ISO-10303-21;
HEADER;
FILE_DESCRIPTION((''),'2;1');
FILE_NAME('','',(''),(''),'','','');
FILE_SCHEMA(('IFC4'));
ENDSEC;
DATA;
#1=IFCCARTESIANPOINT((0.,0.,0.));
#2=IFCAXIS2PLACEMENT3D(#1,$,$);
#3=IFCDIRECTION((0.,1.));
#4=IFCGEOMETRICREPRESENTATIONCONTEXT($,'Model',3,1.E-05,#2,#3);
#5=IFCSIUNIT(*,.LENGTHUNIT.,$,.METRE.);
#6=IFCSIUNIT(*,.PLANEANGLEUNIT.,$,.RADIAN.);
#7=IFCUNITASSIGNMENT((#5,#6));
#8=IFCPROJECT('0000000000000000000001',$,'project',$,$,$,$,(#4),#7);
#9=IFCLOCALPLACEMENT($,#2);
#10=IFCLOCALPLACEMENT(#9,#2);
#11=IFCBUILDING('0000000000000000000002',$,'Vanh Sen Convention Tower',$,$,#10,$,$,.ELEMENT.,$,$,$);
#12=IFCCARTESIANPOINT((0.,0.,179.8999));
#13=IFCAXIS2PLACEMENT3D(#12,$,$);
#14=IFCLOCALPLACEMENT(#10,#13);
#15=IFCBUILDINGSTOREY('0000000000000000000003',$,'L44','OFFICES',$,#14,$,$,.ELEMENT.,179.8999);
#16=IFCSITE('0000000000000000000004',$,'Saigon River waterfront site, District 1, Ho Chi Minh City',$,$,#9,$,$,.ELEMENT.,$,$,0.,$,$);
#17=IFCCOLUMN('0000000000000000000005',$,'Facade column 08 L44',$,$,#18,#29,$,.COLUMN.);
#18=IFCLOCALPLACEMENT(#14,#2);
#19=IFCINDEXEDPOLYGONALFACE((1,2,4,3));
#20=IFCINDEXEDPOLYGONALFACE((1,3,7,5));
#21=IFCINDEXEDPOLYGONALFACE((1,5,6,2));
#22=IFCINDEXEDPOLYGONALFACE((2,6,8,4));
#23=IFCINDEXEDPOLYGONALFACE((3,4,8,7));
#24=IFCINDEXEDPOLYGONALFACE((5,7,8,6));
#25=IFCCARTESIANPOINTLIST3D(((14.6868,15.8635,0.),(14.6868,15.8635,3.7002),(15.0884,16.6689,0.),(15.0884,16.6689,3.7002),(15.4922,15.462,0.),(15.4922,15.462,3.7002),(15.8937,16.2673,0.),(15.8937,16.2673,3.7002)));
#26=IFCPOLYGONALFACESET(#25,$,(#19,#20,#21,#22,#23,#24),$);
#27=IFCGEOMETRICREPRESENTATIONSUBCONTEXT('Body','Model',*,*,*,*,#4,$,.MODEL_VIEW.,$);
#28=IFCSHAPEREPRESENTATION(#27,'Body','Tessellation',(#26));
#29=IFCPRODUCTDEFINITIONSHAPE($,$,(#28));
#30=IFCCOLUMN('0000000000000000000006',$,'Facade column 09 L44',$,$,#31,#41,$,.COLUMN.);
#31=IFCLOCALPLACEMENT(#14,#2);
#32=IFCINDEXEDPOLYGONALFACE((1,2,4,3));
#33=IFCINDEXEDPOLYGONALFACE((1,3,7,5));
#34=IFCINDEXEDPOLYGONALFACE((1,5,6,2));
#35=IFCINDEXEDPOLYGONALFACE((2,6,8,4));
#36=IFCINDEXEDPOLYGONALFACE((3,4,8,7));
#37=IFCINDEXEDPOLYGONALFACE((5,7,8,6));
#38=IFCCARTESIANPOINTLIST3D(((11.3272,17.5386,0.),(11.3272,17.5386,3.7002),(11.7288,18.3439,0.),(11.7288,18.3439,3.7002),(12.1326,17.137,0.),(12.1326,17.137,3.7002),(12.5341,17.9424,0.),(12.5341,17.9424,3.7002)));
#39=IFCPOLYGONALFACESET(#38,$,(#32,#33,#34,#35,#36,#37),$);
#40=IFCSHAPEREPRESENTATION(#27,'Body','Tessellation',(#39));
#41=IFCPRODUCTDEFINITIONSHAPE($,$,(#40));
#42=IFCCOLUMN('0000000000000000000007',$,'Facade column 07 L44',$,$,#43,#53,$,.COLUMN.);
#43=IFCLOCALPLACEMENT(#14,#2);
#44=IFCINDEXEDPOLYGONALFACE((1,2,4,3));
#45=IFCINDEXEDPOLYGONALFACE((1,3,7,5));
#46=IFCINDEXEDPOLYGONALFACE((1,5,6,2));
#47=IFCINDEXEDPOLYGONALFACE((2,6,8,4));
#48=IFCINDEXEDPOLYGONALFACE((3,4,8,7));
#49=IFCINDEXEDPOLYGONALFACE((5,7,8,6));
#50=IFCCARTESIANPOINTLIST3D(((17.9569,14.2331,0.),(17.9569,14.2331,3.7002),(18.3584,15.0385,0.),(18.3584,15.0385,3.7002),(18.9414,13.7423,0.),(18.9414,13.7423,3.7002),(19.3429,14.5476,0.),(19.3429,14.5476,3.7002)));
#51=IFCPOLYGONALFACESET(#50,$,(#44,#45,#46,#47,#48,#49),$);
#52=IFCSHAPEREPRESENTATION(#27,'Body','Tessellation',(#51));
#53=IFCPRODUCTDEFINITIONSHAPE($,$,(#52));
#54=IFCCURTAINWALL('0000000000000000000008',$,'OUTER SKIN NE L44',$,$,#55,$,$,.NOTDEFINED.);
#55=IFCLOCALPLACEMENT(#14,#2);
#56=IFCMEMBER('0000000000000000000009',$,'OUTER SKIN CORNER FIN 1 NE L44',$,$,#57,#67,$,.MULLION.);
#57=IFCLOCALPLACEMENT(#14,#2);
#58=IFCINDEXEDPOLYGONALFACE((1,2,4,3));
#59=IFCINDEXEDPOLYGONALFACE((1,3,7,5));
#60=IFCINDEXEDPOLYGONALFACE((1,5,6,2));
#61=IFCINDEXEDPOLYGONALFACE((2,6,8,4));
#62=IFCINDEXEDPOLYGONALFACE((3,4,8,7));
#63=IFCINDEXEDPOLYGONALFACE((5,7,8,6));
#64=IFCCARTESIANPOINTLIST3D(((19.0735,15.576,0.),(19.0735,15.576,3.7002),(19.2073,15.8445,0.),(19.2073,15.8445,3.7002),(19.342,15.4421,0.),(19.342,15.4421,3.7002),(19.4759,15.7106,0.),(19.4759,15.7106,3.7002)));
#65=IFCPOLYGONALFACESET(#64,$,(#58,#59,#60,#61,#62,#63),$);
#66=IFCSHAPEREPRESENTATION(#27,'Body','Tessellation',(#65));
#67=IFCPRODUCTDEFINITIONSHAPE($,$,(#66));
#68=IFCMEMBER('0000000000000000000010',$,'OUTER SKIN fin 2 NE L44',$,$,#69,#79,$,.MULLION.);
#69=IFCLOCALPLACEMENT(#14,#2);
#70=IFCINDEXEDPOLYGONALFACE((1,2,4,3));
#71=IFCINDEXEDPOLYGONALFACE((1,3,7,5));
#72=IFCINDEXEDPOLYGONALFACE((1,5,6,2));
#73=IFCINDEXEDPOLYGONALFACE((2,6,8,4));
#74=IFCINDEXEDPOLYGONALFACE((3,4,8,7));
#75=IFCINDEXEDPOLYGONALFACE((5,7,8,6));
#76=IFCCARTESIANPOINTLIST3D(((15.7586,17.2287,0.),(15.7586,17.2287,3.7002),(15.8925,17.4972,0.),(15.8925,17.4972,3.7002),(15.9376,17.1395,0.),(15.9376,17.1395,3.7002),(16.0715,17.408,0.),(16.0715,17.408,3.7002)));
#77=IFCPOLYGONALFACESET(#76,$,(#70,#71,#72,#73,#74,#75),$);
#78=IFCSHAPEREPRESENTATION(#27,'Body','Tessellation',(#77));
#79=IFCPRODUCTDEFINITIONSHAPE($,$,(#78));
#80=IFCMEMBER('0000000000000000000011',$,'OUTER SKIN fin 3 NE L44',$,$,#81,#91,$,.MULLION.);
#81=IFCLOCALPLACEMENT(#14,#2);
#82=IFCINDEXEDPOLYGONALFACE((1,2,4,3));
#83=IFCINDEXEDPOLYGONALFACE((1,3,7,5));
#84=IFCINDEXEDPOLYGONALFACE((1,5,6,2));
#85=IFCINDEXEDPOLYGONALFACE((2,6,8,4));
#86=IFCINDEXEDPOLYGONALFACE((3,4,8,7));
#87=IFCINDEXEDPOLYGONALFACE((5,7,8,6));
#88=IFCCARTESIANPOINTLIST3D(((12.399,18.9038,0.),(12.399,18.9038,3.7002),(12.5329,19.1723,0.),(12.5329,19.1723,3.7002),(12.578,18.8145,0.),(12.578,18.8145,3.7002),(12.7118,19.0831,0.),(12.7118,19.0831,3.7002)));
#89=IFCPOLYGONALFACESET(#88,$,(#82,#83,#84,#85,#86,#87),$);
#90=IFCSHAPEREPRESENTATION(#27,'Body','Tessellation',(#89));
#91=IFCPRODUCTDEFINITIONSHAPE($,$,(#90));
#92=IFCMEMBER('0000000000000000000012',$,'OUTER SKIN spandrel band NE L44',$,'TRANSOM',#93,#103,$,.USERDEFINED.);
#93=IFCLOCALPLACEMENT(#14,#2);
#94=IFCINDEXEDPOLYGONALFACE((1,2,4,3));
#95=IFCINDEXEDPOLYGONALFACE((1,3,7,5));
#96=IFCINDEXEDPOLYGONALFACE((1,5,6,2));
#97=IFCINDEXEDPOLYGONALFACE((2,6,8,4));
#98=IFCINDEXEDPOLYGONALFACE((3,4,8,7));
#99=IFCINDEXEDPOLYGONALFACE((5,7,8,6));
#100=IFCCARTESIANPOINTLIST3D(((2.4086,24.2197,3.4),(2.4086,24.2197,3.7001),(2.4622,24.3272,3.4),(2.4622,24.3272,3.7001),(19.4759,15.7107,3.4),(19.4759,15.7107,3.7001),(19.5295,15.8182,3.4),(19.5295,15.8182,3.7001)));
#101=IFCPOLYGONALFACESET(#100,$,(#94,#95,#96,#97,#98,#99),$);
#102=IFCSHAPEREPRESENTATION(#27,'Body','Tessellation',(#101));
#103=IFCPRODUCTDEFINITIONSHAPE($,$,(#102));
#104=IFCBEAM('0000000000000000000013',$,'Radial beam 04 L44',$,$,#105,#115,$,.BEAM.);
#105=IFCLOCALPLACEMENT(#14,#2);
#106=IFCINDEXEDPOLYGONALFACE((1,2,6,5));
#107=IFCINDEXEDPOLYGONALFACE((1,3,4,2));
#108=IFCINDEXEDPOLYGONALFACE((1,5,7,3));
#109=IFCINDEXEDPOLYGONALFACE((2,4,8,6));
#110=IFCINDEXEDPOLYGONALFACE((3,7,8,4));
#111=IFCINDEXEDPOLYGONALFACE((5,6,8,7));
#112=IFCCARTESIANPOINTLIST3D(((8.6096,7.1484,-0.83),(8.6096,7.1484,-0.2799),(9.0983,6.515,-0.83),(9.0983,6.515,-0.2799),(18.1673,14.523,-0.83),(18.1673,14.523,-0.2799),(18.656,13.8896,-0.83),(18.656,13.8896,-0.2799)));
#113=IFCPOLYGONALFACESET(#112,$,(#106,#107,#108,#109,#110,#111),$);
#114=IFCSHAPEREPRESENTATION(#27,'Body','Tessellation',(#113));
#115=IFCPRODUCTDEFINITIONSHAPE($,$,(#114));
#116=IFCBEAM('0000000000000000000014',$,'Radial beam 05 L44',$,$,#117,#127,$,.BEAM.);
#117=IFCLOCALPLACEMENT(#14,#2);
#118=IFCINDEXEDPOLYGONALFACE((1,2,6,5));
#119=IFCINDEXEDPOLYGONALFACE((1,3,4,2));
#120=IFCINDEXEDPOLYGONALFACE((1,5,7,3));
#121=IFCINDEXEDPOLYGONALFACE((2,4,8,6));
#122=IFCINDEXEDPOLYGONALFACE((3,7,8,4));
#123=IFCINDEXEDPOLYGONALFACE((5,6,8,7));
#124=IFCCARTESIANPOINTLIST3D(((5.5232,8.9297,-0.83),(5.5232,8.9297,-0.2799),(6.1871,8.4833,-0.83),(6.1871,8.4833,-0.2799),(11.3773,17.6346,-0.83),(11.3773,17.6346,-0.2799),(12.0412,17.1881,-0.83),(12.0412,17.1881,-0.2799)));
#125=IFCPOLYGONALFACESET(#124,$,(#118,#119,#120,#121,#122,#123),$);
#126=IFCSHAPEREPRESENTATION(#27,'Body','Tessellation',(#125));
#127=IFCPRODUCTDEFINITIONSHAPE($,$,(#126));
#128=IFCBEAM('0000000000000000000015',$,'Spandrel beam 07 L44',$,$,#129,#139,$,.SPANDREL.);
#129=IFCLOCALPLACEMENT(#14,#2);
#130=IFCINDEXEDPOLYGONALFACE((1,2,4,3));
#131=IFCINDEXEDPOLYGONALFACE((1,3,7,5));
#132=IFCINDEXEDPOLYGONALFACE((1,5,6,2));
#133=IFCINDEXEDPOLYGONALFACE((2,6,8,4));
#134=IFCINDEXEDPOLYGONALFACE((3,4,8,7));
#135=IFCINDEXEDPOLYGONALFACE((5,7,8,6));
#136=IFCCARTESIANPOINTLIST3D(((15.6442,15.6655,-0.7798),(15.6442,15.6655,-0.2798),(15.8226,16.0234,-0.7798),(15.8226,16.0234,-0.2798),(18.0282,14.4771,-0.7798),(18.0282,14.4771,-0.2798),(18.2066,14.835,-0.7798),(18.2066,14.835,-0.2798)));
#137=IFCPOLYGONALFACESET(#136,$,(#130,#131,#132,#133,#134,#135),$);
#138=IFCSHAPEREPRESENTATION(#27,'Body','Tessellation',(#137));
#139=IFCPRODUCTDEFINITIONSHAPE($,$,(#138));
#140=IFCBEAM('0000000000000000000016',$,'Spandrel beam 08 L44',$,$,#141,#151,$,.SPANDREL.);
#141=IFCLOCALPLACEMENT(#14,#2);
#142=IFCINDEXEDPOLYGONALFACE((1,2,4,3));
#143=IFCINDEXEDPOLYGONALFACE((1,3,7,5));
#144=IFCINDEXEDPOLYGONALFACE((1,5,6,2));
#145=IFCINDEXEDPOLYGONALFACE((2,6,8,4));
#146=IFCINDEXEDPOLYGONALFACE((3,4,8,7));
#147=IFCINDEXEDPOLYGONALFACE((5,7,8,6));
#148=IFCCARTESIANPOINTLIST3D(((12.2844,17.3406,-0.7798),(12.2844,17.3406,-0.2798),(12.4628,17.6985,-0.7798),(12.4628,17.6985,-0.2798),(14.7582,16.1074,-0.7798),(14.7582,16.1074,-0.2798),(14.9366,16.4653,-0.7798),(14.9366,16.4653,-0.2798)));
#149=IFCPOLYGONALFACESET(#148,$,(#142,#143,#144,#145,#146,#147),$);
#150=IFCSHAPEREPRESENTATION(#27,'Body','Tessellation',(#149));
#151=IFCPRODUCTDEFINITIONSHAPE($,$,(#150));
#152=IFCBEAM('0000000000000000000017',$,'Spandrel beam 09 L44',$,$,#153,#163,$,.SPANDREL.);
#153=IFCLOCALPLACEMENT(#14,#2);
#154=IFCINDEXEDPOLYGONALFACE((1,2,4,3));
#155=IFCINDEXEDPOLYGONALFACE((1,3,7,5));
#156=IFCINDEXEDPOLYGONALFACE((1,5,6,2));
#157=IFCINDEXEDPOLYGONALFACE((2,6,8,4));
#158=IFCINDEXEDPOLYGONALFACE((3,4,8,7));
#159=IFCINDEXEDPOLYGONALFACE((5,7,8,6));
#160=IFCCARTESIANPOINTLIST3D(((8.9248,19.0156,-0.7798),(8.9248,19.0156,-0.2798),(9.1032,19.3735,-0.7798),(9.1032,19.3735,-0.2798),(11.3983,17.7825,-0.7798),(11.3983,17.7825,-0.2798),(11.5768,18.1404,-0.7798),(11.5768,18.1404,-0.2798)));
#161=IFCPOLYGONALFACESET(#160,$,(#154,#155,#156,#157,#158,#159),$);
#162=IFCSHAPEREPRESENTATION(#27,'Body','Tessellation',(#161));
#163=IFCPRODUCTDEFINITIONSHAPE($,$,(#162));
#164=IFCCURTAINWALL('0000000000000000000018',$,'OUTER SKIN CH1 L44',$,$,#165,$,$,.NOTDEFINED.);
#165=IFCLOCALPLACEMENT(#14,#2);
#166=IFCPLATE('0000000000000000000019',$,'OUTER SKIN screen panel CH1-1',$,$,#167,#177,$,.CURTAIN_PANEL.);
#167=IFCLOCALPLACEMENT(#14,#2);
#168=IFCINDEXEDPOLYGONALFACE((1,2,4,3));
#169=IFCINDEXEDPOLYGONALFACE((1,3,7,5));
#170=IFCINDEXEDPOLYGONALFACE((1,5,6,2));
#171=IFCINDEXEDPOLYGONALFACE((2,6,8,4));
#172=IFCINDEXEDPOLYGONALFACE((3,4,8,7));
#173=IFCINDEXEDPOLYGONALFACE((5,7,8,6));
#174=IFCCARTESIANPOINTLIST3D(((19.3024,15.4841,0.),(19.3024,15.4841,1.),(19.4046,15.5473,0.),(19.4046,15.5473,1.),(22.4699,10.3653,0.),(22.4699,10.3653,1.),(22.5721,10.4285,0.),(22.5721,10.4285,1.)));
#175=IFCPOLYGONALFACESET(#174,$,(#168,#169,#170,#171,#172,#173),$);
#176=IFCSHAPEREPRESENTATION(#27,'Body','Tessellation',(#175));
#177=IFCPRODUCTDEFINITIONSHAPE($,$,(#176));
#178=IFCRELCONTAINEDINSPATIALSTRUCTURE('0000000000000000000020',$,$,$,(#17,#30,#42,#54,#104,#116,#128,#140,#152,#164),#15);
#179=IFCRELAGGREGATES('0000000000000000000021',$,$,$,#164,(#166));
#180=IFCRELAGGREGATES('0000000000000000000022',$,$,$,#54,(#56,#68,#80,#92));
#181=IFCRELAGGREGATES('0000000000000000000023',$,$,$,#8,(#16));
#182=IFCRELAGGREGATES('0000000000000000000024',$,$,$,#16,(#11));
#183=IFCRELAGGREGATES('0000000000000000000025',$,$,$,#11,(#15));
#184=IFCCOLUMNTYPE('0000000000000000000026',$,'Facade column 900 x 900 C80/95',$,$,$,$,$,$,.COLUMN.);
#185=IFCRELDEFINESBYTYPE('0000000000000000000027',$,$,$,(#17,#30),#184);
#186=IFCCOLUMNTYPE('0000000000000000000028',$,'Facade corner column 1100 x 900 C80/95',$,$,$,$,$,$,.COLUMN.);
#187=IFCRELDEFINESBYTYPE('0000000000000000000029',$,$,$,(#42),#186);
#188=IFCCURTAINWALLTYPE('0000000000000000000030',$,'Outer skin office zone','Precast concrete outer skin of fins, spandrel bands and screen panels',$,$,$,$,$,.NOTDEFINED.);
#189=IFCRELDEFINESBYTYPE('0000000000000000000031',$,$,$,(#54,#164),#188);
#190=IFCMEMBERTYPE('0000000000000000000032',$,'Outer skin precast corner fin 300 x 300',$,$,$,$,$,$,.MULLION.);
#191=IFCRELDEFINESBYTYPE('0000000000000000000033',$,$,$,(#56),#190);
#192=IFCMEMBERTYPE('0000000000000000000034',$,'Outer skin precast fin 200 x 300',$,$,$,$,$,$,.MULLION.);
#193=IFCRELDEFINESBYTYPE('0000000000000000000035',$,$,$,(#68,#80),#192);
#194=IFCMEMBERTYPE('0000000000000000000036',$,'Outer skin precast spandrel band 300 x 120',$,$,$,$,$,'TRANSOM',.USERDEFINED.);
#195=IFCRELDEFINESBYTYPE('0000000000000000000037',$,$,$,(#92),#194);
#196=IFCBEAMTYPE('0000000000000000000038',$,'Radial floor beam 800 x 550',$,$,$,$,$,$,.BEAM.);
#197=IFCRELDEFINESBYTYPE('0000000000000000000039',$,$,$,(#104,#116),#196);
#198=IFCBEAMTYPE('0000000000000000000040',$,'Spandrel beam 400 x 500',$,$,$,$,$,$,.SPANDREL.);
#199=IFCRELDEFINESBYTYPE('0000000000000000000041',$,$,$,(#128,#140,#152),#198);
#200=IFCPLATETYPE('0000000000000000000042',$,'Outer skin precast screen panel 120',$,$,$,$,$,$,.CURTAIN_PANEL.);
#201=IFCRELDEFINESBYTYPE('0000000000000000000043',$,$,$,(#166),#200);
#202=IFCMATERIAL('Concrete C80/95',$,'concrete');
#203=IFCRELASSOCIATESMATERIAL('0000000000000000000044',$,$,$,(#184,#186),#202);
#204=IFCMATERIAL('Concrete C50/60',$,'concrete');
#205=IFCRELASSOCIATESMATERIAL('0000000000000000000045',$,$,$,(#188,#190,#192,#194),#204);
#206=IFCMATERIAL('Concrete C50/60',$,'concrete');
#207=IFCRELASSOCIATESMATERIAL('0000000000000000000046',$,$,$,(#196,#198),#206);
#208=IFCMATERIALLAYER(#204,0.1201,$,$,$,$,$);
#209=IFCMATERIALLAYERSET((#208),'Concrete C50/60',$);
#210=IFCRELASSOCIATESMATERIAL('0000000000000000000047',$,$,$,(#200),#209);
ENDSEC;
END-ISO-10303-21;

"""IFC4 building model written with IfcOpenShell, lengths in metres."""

from ifc_helpers import new_model, si_unit, direction, frame, origin, origin_2d, place, context, subcontext, project, spatial, rectangle, extrude, material, layer, layer_set, material_profile, profile_set, type_object, element, aggregate, save


model = new_model("IFC4")

# Units and contexts
model_context = context("Model", 3, precision=1e-05, world=origin(), true_north=direction((0.0, 1.0)))
body_context = subcontext(model_context, "Body", "Model", "MODEL_VIEW")
ifc_project = project(units=[si_unit("LENGTHUNIT", "METRE"), si_unit("PLANEANGLEUNIT", "RADIAN")], contexts=[model_context])

# Site, building, storey
site_placement = place(None, origin())
site = spatial("IfcSite", under=ifc_project, at=site_placement, Name="Saigon River waterfront site, District 1, Ho Chi Minh City", CompositionType="ELEMENT", RefElevation=0.0)
building_placement = place(site_placement, origin())
building = spatial("IfcBuilding", under=site, at=building_placement, Name="Vanh Sen Convention Tower", CompositionType="ELEMENT")
storey_placement = place(building_placement, frame((0.0, 0.0, 179.8999)))
storey = spatial("IfcBuildingStorey", under=building, at=storey_placement, Name="L44", Description="OFFICES", CompositionType="ELEMENT", Elevation=179.8999)

# Columns
ifc_material_1 = material(Name="Concrete C80/95", Category="concrete")
ifc_material_profile_1 = material_profile(ifc_material_1, rectangle(XDim=0.8999, YDim=0.8999, at=origin_2d()), Name="RC 900X900")
ifc_profile_set_1 = profile_set([ifc_material_profile_1], Name="Concrete C80/95")
column_type_1 = type_object("IfcColumnType", Name="Facade column 900 x 900 C80/95", PredefinedType="COLUMN", material=ifc_profile_set_1)
for number, where, z_axis, x_axis, name in (
    (1, (15.2903, 16.0654, 0.0), (0.0, 0.0, 1.0), (-0.894934, 0.446198, 0.0), "Facade column 08 L44"),
    (2, (11.9307, 17.7405, 0.0), (0.0, 0.0, 1.0), (-0.894934, 0.446198, 0.0), "Facade column 09 L44"),
):
    element("IfcColumn", number, at=place(storey_placement, frame(where, z_axis=z_axis, x_axis=x_axis)), inside=storey, type_object=column_type_1, Name=name, PredefinedType="COLUMN", context=body_context, shape_type="SweptSolid", body=[
        extrude(rectangle(XDim=0.8999, YDim=0.8999, at=origin_2d()), origin(), (0.0, 0.0, 1.0), 3.7002),
    ])
ifc_material_profile_2 = material_profile(ifc_material_1, rectangle(XDim=1.1001, YDim=0.8999, at=origin_2d()), Name="RC 1100X900")
ifc_profile_set_2 = profile_set([ifc_material_profile_2], Name="Concrete C80/95")
column_type_2 = type_object("IfcColumnType", Name="Facade corner column 1100 x 900 C80/95", PredefinedType="COLUMN", material=ifc_profile_set_2)
column_placement = place(storey_placement, frame((18.6499, 14.3904, 0.0), z_axis=(0.0, 0.0, 1.0), x_axis=(-0.894934, 0.446198, 0.0)))
element("IfcColumn", 3, at=column_placement, inside=storey, type_object=column_type_2, Name="Facade column 07 L44", PredefinedType="COLUMN", context=body_context, shape_type="SweptSolid", body=[
    extrude(rectangle(XDim=1.1001, YDim=0.8999, at=origin_2d()), origin(), (0.0, 0.0, 1.0), 3.7002),
])

# Curtain wall, members
ifc_material_2 = material(Name="Concrete C50/60", Category="concrete")
curtain_wall_type = type_object("IfcCurtainWallType", Name="Outer skin office zone", Description="Precast concrete outer skin of fins, spandrel bands and screen panels", PredefinedType="NOTDEFINED", material=ifc_material_2)
curtain_wall_1_placement = place(storey_placement, origin())
curtain_wall_1 = element("IfcCurtainWall", 4, at=curtain_wall_1_placement, inside=storey, type_object=curtain_wall_type, Name="OUTER SKIN NE L44", PredefinedType="NOTDEFINED")
ifc_material_profile_3 = material_profile(ifc_material_2, rectangle(XDim=0.3, YDim=0.3, at=origin_2d()), Name="Outer skin precast corner fin 300 x 300")
ifc_profile_set_3 = profile_set([ifc_material_profile_3], Name="Concrete C50/60")
member_type_1 = type_object("IfcMemberType", Name="Outer skin precast corner fin 300 x 300", PredefinedType="MULLION", material=ifc_profile_set_3)
member_1_placement = place(storey_placement, frame((19.2747, 15.6433, 0.0), z_axis=(0.0, 0.0, 1.0), x_axis=(-0.894934, 0.446198, 0.0)))
member_1 = element("IfcMember", 5, at=member_1_placement, type_object=member_type_1, Name="OUTER SKIN CORNER FIN 1 NE L44", PredefinedType="MULLION", context=body_context, shape_type="SweptSolid", body=[
    extrude(rectangle(XDim=0.3, YDim=0.3, at=origin_2d()), origin(), (0.0, 0.0, 1.0), 3.7002),
])
ifc_material_profile_4 = material_profile(ifc_material_2, rectangle(XDim=0.2, YDim=0.3, at=origin_2d()), Name="Outer skin precast fin 200 x 300")
ifc_profile_set_4 = profile_set([ifc_material_profile_4], Name="Concrete C50/60")
member_type_2 = type_object("IfcMemberType", Name="Outer skin precast fin 200 x 300", PredefinedType="MULLION", material=ifc_profile_set_4)
member_2_placement = place(storey_placement, frame((15.915, 17.3184, 0.0), z_axis=(0.0, 0.0, 1.0), x_axis=(-0.894934, 0.446198, 0.0)))
member_2 = element("IfcMember", 6, at=member_2_placement, type_object=member_type_2, Name="OUTER SKIN fin 2 NE L44", PredefinedType="MULLION", context=body_context, shape_type="SweptSolid", body=[
    extrude(rectangle(XDim=0.2, YDim=0.3, at=origin_2d()), origin(), (0.0, 0.0, 1.0), 3.7002),
])
member_3_placement = place(storey_placement, frame((12.5554, 18.9934, 0.0), z_axis=(0.0, 0.0, 1.0), x_axis=(-0.894934, 0.446198, 0.0)))
member_3 = element("IfcMember", 7, at=member_3_placement, type_object=member_type_2, Name="OUTER SKIN fin 3 NE L44", PredefinedType="MULLION", context=body_context, shape_type="SweptSolid", body=[
    extrude(rectangle(XDim=0.2, YDim=0.3, at=origin_2d()), origin(), (0.0, 0.0, 1.0), 3.7002),
])
ifc_material_profile_5 = material_profile(ifc_material_2, rectangle(XDim=0.1201, YDim=0.3, at=origin_2d()), Name="Outer skin precast spandrel band 300 x 120")
ifc_profile_set_5 = profile_set([ifc_material_profile_5], Name="Concrete C50/60")
member_type_3 = type_object("IfcMemberType", Name="Outer skin precast spandrel band 300 x 120", ElementType="TRANSOM", PredefinedType="USERDEFINED", material=ifc_profile_set_5)
member_4_placement = place(storey_placement, frame((19.5027, 15.7644, 3.55), z_axis=(-0.894941, 0.446184, 0.0), x_axis=(-0.446184, -0.894941, 0.0)))
member_4 = element("IfcMember", 8, at=member_4_placement, type_object=member_type_3, Name="OUTER SKIN spandrel band NE L44", ObjectType="TRANSOM", PredefinedType="USERDEFINED", context=body_context, shape_type="SweptSolid", body=[
    extrude(rectangle(XDim=0.1201, YDim=0.3, at=origin_2d()), origin(), (0.0, 0.0, 1.0), 19.0708),
])

# Beams
ifc_material_3 = material(Name="Concrete C50/60", Category="concrete")
ifc_material_profile_6 = material_profile(ifc_material_3, rectangle(XDim=0.8, YDim=0.55, at=origin_2d()), Name="RC 800X550")
ifc_profile_set_6 = profile_set([ifc_material_profile_6], Name="Concrete C50/60")
beam_type_1 = type_object("IfcBeamType", Name="Radial floor beam 800 x 550", PredefinedType="BEAM", material=ifc_profile_set_6)
beam_1_placement = place(storey_placement, frame((18.4116, 14.2063, -0.5549), z_axis=(-0.791722, -0.610881, 0.0), x_axis=(0.610881, -0.791722, 0.0)))
element("IfcBeam", 9, at=beam_1_placement, inside=storey, type_object=beam_type_1, Name="Radial beam 04 L44", PredefinedType="BEAM", context=body_context, shape_type="SweptSolid", body=[
    extrude(rectangle(XDim=0.8, YDim=0.55, at=origin_2d()), origin(), (0.0, 0.0, 1.0), 12.072),
])
beam_2_placement = place(storey_placement, frame((11.7092, 17.4114, -0.5549), z_axis=(-0.558047, -0.829809, 0.0), x_axis=(0.829809, -0.558047, 0.0)))
element("IfcBeam", 10, at=beam_2_placement, inside=storey, type_object=beam_type_1, Name="Radial beam 05 L44", PredefinedType="BEAM", context=body_context, shape_type="SweptSolid", body=[
    extrude(rectangle(XDim=0.8, YDim=0.55, at=origin_2d()), origin(), (0.0, 0.0, 1.0), 10.4902),
])
ifc_material_profile_7 = material_profile(ifc_material_3, rectangle(XDim=0.3999, YDim=0.5, at=origin_2d()), Name="RC 400X500")
ifc_profile_set_7 = profile_set([ifc_material_profile_7], Name="Concrete C50/60")
beam_type_2 = type_object("IfcBeamType", Name="Spandrel beam 400 x 500", PredefinedType="SPANDREL", material=ifc_profile_set_7)
beam_3_placement = place(storey_placement, frame((18.1174, 14.656, -0.5298), z_axis=(-0.894958, 0.44615, 0.0), x_axis=(-0.44615, -0.894958, 0.0)))
element("IfcBeam", 11, at=beam_3_placement, inside=storey, type_object=beam_type_2, Name="Spandrel beam 07 L44", PredefinedType="SPANDREL", context=body_context, shape_type="SweptSolid", body=[
    extrude(rectangle(XDim=0.3999, YDim=0.5, at=origin_2d()), origin(), (0.0, 0.0, 1.0), 2.6638),
])
beam_4_placement = place(storey_placement, frame((14.8474, 16.2864, -0.5298), z_axis=(-0.894974, 0.446118, 0.0), x_axis=(-0.446118, -0.894974, 0.0)))
element("IfcBeam", 12, at=beam_4_placement, inside=storey, type_object=beam_type_2, Name="Spandrel beam 08 L44", PredefinedType="SPANDREL", context=body_context, shape_type="SweptSolid", body=[
    extrude(rectangle(XDim=0.3999, YDim=0.5, at=origin_2d()), origin(), (0.0, 0.0, 1.0), 2.7642),
])
beam_5_placement = place(storey_placement, frame((11.4875, 17.9614, -0.5298), z_axis=(-0.894957, 0.446153, 0.0), x_axis=(-0.446153, -0.894957, 0.0)))
element("IfcBeam", 13, at=beam_5_placement, inside=storey, type_object=beam_type_2, Name="Spandrel beam 09 L44", PredefinedType="SPANDREL", context=body_context, shape_type="SweptSolid", body=[
    extrude(rectangle(XDim=0.3999, YDim=0.5, at=origin_2d()), origin(), (0.0, 0.0, 1.0), 2.7639),
])

# Curtain wall, plate
curtain_wall_2_placement = place(storey_placement, origin())
curtain_wall_2 = element("IfcCurtainWall", 14, at=curtain_wall_2_placement, inside=storey, type_object=curtain_wall_type, Name="OUTER SKIN CH1 L44", PredefinedType="NOTDEFINED")
ifc_layer_1 = layer(ifc_material_2, 0.1201)
ifc_layer_set_1 = layer_set([ifc_layer_1], Name="Concrete C50/60")
plate_type = type_object("IfcPlateType", Name="Outer skin precast screen panel 120", PredefinedType="CURTAIN_PANEL", material=ifc_layer_set_1)
plate_1_placement = place(storey_placement, frame((20.9373, 12.9563, 0.0), z_axis=(0.0, 0.0, 1.0), x_axis=(-0.526204, 0.850359, 0.0)))
plate_1 = element("IfcPlate", 15, at=plate_1_placement, type_object=plate_type, Name="OUTER SKIN screen panel CH1-1", PredefinedType="CURTAIN_PANEL", context=body_context, shape_type="SweptSolid", body=[
    extrude(rectangle(XDim=6.0195, YDim=0.1201, at=origin_2d()), origin(), (0.0, 0.0, 1.0), 1.0),
])
aggregate(curtain_wall_2, [plate_1])

aggregate(curtain_wall_1, [member_1, member_2, member_3, member_4])

save(model, "model.ifc")
